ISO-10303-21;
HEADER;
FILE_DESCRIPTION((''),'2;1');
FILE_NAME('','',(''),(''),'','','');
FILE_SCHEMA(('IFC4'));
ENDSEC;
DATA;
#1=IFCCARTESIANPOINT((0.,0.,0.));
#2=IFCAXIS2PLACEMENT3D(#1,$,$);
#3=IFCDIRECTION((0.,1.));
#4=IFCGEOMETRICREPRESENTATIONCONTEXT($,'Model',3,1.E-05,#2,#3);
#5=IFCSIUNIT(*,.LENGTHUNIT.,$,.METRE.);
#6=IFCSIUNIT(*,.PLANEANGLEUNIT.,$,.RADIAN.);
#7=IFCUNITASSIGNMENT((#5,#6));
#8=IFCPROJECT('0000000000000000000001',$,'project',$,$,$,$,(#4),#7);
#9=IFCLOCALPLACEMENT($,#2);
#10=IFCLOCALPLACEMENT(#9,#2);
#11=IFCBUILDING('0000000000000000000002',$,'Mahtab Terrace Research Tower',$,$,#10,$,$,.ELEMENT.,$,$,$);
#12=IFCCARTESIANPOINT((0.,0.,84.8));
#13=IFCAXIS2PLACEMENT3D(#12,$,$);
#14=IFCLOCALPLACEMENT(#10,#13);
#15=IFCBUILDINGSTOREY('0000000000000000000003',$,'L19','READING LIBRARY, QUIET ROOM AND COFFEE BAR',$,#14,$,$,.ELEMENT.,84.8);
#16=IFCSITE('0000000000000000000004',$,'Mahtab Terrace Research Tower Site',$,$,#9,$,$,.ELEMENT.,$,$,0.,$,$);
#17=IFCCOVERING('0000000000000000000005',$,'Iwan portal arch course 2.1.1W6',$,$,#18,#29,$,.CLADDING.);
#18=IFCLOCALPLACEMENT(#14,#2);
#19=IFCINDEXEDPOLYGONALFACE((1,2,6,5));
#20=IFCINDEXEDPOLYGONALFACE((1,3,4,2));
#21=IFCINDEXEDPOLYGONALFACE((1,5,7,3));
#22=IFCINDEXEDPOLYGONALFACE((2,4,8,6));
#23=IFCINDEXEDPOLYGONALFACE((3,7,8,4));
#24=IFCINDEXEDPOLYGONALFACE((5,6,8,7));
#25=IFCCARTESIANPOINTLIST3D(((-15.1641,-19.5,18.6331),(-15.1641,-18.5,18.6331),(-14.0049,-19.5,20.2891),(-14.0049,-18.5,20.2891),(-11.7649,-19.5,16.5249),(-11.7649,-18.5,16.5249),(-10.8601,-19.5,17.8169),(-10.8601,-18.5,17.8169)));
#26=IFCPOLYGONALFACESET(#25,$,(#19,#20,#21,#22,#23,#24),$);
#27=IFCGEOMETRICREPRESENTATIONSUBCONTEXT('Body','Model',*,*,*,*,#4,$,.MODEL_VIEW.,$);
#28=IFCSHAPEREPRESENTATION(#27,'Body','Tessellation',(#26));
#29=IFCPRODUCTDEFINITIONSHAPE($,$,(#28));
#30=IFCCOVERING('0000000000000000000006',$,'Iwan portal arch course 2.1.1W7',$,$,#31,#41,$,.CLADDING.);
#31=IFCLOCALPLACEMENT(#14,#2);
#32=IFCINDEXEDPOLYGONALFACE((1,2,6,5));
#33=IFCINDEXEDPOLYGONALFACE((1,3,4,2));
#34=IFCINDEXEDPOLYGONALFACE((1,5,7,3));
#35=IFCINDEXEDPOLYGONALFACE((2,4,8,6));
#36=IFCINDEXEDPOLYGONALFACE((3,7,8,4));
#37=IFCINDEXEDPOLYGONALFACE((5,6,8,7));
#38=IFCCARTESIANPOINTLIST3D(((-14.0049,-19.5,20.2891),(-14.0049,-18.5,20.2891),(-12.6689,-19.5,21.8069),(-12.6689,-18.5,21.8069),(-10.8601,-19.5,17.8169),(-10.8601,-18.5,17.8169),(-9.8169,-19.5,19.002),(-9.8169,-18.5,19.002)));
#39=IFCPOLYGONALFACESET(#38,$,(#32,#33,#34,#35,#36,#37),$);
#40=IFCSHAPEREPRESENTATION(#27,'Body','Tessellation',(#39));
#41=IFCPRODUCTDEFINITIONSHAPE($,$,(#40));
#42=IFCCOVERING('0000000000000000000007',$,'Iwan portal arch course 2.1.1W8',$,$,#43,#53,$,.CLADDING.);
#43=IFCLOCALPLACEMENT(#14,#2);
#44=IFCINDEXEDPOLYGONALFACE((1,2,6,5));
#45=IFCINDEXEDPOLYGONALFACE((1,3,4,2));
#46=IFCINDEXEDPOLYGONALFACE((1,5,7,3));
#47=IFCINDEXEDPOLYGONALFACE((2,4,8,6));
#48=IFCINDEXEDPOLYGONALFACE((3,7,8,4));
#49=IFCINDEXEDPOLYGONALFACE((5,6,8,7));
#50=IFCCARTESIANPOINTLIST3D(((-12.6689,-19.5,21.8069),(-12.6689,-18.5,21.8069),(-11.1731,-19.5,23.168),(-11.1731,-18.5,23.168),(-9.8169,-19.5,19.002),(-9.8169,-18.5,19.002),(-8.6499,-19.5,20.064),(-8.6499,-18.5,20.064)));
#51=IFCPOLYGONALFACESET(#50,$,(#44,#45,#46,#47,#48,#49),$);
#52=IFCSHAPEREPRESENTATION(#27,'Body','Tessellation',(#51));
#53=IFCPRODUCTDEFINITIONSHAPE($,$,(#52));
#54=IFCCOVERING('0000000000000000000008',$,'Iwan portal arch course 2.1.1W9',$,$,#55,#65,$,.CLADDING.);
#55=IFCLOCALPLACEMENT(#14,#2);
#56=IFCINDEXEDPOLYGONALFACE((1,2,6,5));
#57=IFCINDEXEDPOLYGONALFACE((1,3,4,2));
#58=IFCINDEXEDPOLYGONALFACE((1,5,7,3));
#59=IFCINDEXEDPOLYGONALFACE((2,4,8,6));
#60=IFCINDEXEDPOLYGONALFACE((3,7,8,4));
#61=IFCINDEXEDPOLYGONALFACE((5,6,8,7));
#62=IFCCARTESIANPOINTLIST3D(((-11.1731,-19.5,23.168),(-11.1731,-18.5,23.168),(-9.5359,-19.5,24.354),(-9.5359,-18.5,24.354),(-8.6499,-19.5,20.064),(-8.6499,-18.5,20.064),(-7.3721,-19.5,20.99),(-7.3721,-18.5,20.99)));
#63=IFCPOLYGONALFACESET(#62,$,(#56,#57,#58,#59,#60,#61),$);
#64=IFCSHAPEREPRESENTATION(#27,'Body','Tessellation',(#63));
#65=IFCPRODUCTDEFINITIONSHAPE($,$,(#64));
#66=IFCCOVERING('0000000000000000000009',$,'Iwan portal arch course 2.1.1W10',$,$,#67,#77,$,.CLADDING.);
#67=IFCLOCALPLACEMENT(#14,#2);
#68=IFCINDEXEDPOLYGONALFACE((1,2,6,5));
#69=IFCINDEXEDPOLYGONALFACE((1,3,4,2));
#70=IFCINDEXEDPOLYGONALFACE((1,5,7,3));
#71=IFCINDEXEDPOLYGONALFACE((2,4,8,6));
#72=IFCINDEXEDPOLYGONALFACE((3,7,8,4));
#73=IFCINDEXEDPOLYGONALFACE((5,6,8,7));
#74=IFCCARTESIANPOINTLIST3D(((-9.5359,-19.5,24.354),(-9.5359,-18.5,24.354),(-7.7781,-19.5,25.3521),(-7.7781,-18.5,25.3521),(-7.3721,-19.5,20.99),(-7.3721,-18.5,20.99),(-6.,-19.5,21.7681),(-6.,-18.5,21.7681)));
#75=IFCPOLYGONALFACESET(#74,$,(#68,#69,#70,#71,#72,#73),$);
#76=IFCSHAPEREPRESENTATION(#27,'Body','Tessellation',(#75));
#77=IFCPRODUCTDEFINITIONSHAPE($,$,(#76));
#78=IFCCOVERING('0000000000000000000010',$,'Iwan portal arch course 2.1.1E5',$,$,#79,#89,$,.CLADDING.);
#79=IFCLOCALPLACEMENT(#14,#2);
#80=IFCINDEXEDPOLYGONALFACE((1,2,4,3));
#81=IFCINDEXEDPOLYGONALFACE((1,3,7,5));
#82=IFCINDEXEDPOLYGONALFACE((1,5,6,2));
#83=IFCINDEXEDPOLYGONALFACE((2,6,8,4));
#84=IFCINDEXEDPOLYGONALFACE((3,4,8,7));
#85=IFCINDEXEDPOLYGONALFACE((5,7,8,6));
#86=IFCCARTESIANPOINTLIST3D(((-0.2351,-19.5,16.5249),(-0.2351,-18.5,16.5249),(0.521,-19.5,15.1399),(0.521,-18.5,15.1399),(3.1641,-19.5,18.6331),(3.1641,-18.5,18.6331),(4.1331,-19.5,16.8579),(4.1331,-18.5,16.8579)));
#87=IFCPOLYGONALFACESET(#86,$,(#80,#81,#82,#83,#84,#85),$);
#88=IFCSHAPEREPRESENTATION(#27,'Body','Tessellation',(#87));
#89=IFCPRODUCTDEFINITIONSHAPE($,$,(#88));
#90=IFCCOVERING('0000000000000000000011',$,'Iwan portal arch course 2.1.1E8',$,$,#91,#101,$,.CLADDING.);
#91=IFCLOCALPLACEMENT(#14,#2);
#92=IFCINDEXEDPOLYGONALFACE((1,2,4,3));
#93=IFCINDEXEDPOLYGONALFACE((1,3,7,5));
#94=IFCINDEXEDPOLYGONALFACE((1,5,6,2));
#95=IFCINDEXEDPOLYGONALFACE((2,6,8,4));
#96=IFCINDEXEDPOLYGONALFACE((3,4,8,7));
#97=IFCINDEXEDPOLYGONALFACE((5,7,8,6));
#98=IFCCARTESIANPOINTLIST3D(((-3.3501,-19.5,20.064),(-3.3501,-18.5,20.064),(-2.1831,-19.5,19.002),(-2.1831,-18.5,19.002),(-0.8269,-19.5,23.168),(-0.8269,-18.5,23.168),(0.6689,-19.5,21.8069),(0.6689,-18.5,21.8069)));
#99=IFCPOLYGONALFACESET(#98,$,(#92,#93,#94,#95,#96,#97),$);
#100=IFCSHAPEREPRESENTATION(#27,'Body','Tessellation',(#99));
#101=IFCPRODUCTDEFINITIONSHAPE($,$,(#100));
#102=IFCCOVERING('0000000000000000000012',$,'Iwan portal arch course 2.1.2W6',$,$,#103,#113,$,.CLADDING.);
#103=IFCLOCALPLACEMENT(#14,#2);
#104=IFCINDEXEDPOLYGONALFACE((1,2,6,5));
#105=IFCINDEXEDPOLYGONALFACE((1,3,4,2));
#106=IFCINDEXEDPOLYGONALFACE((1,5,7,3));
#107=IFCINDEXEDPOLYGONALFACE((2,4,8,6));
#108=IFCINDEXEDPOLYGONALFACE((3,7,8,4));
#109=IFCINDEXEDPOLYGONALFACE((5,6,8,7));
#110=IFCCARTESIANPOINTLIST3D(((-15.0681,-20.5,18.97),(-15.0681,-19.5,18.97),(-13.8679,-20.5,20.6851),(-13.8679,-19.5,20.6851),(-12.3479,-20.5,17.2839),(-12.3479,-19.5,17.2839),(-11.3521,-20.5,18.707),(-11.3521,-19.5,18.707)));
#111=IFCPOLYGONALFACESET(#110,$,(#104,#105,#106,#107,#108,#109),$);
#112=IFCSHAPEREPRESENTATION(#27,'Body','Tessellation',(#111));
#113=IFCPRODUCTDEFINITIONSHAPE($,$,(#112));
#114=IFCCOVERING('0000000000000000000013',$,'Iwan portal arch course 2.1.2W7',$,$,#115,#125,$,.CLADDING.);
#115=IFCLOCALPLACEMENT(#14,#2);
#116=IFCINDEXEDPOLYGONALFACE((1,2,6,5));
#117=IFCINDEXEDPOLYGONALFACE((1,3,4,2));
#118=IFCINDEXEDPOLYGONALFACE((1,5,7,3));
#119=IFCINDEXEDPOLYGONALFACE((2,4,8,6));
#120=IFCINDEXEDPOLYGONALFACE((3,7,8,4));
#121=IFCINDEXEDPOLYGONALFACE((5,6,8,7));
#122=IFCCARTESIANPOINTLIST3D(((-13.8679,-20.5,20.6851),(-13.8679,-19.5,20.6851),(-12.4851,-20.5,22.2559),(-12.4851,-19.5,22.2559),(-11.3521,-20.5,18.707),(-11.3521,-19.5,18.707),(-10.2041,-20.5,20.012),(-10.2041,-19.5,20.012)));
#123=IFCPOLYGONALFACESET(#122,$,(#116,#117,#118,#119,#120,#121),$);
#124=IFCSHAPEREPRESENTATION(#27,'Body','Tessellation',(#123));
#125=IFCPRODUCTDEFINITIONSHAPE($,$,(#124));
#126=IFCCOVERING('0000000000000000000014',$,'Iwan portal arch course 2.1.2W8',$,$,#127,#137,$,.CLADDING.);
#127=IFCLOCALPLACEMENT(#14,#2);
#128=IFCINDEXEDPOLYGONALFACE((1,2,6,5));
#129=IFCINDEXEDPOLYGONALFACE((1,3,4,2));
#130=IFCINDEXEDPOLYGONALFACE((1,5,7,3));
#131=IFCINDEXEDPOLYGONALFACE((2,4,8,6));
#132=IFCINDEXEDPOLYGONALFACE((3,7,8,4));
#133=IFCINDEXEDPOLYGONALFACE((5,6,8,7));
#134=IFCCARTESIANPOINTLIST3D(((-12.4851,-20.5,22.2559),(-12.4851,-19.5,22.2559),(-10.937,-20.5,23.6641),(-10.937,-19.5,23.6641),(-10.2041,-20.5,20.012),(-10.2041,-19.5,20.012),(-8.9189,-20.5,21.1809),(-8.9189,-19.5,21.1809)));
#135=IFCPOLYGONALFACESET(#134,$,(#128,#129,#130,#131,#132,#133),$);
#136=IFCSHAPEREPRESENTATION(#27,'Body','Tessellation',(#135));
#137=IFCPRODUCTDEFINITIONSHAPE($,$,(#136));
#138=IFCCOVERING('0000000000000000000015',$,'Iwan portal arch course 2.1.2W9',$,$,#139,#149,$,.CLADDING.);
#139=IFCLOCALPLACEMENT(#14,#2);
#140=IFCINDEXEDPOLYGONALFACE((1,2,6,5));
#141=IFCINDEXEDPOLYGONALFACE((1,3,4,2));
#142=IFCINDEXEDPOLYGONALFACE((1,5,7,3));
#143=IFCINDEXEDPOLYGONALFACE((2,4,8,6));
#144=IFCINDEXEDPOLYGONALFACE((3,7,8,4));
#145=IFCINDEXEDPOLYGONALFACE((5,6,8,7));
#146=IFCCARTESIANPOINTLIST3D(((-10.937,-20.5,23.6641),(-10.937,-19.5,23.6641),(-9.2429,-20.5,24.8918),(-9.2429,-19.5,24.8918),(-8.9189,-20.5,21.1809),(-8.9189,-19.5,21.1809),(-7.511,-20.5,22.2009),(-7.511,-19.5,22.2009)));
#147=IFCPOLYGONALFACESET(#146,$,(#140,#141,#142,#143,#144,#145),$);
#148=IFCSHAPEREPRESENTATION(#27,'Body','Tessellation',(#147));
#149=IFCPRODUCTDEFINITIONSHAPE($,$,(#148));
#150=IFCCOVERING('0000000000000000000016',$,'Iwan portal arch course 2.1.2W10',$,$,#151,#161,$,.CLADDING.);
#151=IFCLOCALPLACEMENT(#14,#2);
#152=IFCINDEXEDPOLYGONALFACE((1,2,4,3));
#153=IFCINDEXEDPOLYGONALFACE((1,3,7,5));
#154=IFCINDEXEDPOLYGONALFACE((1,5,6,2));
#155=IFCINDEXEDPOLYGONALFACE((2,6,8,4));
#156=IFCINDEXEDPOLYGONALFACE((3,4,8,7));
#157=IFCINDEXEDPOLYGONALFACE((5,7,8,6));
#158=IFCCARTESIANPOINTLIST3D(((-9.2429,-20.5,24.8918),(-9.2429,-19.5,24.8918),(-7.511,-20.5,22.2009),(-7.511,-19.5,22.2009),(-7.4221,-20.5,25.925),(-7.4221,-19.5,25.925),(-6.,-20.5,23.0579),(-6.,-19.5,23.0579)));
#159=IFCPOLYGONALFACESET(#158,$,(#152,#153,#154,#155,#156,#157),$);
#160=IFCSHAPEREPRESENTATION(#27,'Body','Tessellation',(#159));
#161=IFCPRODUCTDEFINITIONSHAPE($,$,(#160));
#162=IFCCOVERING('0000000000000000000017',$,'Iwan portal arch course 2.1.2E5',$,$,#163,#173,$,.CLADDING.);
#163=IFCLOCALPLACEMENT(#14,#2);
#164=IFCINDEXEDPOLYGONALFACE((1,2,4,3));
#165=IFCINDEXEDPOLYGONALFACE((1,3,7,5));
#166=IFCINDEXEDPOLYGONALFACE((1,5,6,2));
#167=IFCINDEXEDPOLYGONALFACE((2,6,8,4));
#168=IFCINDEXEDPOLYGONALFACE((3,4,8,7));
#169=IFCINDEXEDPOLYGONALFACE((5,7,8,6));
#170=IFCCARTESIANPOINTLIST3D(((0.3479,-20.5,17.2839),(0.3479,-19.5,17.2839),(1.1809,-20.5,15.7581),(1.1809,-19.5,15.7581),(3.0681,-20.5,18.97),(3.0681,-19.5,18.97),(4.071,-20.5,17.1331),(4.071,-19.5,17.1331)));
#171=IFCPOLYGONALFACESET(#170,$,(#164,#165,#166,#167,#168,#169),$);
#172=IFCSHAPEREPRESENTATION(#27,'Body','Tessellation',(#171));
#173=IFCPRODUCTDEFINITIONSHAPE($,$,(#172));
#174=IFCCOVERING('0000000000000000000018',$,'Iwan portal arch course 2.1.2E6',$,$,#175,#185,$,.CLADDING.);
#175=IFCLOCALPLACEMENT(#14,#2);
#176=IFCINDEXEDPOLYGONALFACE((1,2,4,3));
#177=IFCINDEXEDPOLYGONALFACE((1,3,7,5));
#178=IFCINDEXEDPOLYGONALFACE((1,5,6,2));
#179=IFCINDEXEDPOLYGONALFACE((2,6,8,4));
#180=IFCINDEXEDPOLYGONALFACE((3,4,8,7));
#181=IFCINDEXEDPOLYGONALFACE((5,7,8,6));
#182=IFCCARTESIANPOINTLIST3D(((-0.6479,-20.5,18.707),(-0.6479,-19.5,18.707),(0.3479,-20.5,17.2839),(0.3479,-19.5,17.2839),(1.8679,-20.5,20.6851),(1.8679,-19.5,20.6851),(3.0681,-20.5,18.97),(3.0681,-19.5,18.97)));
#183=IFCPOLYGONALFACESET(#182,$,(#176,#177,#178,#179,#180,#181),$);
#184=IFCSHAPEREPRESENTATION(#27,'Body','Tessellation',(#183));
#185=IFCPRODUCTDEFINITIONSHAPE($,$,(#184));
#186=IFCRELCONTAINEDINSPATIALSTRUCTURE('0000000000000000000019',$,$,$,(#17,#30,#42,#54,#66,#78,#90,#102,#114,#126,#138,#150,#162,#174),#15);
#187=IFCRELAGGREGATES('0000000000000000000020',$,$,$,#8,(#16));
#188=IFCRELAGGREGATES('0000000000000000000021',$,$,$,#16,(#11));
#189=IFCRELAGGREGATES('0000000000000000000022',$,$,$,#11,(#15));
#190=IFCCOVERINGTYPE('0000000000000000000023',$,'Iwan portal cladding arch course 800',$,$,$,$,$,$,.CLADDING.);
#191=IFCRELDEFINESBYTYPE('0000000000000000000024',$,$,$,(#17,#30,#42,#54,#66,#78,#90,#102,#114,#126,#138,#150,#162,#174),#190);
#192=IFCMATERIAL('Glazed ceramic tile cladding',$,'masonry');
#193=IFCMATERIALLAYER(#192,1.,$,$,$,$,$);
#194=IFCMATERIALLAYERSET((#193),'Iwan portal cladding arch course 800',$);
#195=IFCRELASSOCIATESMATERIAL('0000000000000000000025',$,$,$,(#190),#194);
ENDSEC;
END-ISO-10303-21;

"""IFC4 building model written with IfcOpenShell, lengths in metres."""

from ifc_helpers import new_model, si_unit, direction, frame, origin, place, context, subcontext, project, spatial, polyline, outline, extrude, material, layer, layer_set, type_object, element, save


model = new_model("IFC4")

# Units and contexts
model_context = context("Model", 3, precision=1e-05, world=origin(), true_north=direction((0.0, 1.0)))
body_context = subcontext(model_context, "Body", "Model", "MODEL_VIEW")
ifc_project = project(units=[si_unit("LENGTHUNIT", "METRE"), si_unit("PLANEANGLEUNIT", "RADIAN")], contexts=[model_context])

# Site, building, storey
site_placement = place(None, origin())
site = spatial("IfcSite", under=ifc_project, at=site_placement, Name="Mahtab Terrace Research Tower Site", CompositionType="ELEMENT", RefElevation=0.0)
building_placement = place(site_placement, origin())
building = spatial("IfcBuilding", under=site, at=building_placement, Name="Mahtab Terrace Research Tower", CompositionType="ELEMENT")
storey_placement = place(building_placement, frame((0.0, 0.0, 84.8)))
storey = spatial("IfcBuildingStorey", under=building, at=storey_placement, Name="L19", Description="READING LIBRARY, QUIET ROOM AND COFFEE BAR", CompositionType="ELEMENT", Elevation=84.8)

# Coverings
ifc_material = material(Name="Glazed ceramic tile cladding", Category="masonry")
ifc_layer = layer(ifc_material, 1.0)
ifc_layer_set = layer_set([ifc_layer], Name="Iwan portal cladding arch course 800")
covering_type = type_object("IfcCoveringType", Name="Iwan portal cladding arch course 800", PredefinedType="CLADDING", material=ifc_layer_set)
covering_1_placement = place(storey_placement, frame((-15.1641, -18.5, 18.6331), z_axis=(0.0, 1.0, 0.0), x_axis=(0.573454, 0.0, 0.819238)))
element("IfcCovering", 1, at=covering_1_placement, inside=storey, type_object=covering_type, Name="Iwan portal arch course 2.1.1W6", PredefinedType="CLADDING", context=body_context, shape_type="SweptSolid", body=[
    extrude(outline(polyline([(0.0, 0.0), (2.0214, 0.0), (1.7995, 3.994), (0.2222, 3.9937), (0.0, 0.0)])), origin(), (0.0, 0.0, -1.0), 1.0),
])
covering_2_placement = place(storey_placement, frame((-14.0049, -18.5, 20.2891), z_axis=(0.0, 1.0, 0.0), x_axis=(0.660699, 0.0, 0.750651)))
element("IfcCovering", 2, at=covering_2_placement, inside=storey, type_object=covering_type, Name="Iwan portal arch course 2.1.1W7", PredefinedType="CLADDING", context=body_context, shape_type="SweptSolid", body=[
    extrude(outline(polyline([(0.0, 0.0), (2.022, 0.0), (1.8008, 3.9941), (0.222, 3.994), (0.0, 0.0)])), origin(), (0.0, 0.0, -1.0), 1.0),
])
covering_3_placement = place(storey_placement, frame((-12.6689, -18.5, 21.8069), z_axis=(0.0, 1.0, 0.0), x_axis=(0.73964, 0.0, 0.673003)))
element("IfcCovering", 3, at=covering_3_placement, inside=storey, type_object=covering_type, Name="Iwan portal arch course 2.1.1W8", PredefinedType="CLADDING", context=body_context, shape_type="SweptSolid", body=[
    extrude(outline(polyline([(0.0, 0.0), (2.0224, 0.0), (1.7997, 3.994), (0.2218, 3.9941), (0.0, 0.0)])), origin(), (0.0, 0.0, -1.0), 1.0),
])
covering_4_placement = place(storey_placement, frame((-11.1731, -18.5, 23.168), z_axis=(0.0, 1.0, 0.0), x_axis=(0.809831, 0.0, 0.586663)))
element("IfcCovering", 4, at=covering_4_placement, inside=storey, type_object=covering_type, Name="Iwan portal arch course 2.1.1W9", PredefinedType="CLADDING", context=body_context, shape_type="SweptSolid", body=[
    extrude(outline(polyline([(0.0, 0.0), (2.0217, 0.0), (1.8005, 3.9937), (0.2224, 3.994), (0.0, 0.0)])), origin(), (0.0, 0.0, -1.0), 1.0),
])
covering_5_placement = place(storey_placement, frame((-9.5359, -18.5, 24.354), z_axis=(0.0, 1.0, 0.0), x_axis=(0.869607, 0.0, 0.493744)))
element("IfcCovering", 5, at=covering_5_placement, inside=storey, type_object=covering_type, Name="Iwan portal arch course 2.1.1W10", PredefinedType="CLADDING", context=body_context, shape_type="SweptSolid", body=[
    extrude(outline(polyline([(0.0, 0.0), (2.0214, 0.0), (1.798, 3.9946), (0.2207, 3.9937), (0.0, 0.0)])), origin(), (0.0, 0.0, -1.0), 1.0),
])
covering_6_placement = place(storey_placement, frame((0.521, -18.5, 15.1399), z_axis=(0.0, 1.0, 0.0), x_axis=(-0.479166, 0.0, 0.877724)))
element("IfcCovering", 6, at=covering_6_placement, inside=storey, type_object=covering_type, Name="Iwan portal arch course 2.1.1E5", PredefinedType="CLADDING", context=body_context, shape_type="SweptSolid", body=[
    extrude(outline(polyline([(0.0, 0.0), (1.578, 0.0), (1.7996, 3.9937), (-0.2228, 3.9936), (0.0, 0.0)])), origin(), (0.0, 0.0, -1.0), 1.0),
])
covering_7_placement = place(storey_placement, frame((-2.1831, -18.5, 19.002), z_axis=(0.0, 1.0, 0.0), x_axis=(-0.73959, 0.0, 0.673058)))
element("IfcCovering", 7, at=covering_7_placement, inside=storey, type_object=covering_type, Name="Iwan portal arch course 2.1.1E8", PredefinedType="CLADDING", context=body_context, shape_type="SweptSolid", body=[
    extrude(outline(polyline([(0.0, 0.0), (1.5779, 0.0), (1.8009, 3.9939), (-0.2215, 3.9941), (0.0, 0.0)])), origin(), (0.0, 0.0, -1.0), 1.0),
])
covering_8_placement = place(storey_placement, frame((-15.0681, -19.5, 18.97), z_axis=(0.0, 1.0, 0.0), x_axis=(0.573345, 0.0, 0.819314)))
element("IfcCovering", 8, at=covering_8_placement, inside=storey, type_object=covering_type, Name="Iwan portal arch course 2.1.2W6", PredefinedType="CLADDING", context=body_context, shape_type="SweptSolid", body=[
    extrude(outline(polyline([(0.0, 0.0), (2.0933, 0.0), (1.9152, 3.1954), (0.1782, 3.1954), (0.0, 0.0)])), origin(), (0.0, 0.0, -1.0), 1.0),
])
covering_9_placement = place(storey_placement, frame((-13.8679, -19.5, 20.6851), z_axis=(0.0, 1.0, 0.0), x_axis=(0.660765, 0.0, 0.750593)))
element("IfcCovering", 9, at=covering_9_placement, inside=storey, type_object=covering_type, Name="Iwan portal arch course 2.1.2W7", PredefinedType="CLADDING", context=body_context, shape_type="SweptSolid", body=[
    extrude(outline(polyline([(0.0, 0.0), (2.0927, 0.0), (1.9157, 3.1948), (0.1777, 3.1954), (0.0, 0.0)])), origin(), (0.0, 0.0, -1.0), 1.0),
])
covering_10_placement = place(storey_placement, frame((-12.4851, -19.5, 22.2559), z_axis=(0.0, 1.0, 0.0), x_axis=(0.739739, 0.0, 0.672893)))
element("IfcCovering", 10, at=covering_10_placement, inside=storey, type_object=covering_type, Name="Iwan portal arch course 2.1.2W8", PredefinedType="CLADDING", context=body_context, shape_type="SweptSolid", body=[
    extrude(outline(polyline([(0.0, 0.0), (2.0928, 0.0), (1.9147, 3.1948), (0.1774, 3.1948), (0.0, 0.0)])), origin(), (0.0, 0.0, -1.0), 1.0),
])
covering_11_placement = place(storey_placement, frame((-10.937, -19.5, 23.6641), z_axis=(0.0, 1.0, 0.0), x_axis=(0.809709, 0.0, 0.586832)))
element("IfcCovering", 11, at=covering_11_placement, inside=storey, type_object=covering_type, Name="Iwan portal arch course 2.1.2W9", PredefinedType="CLADDING", context=body_context, shape_type="SweptSolid", body=[
    extrude(outline(polyline([(0.0, 0.0), (2.0922, 0.0), (1.9155, 3.1952), (0.1769, 3.1949), (0.0, 0.0)])), origin(), (0.0, 0.0, -1.0), 1.0),
])
covering_12_placement = place(storey_placement, frame((-9.2429, -19.5, 24.8918), z_axis=(0.0, 1.0, 0.0), x_axis=(0.869732, 0.0, 0.493524)))
element("IfcCovering", 12, at=covering_12_placement, inside=storey, type_object=covering_type, Name="Iwan portal arch course 2.1.2W10", PredefinedType="CLADDING", context=body_context, shape_type="SweptSolid", body=[
    extrude(outline(polyline([(0.0, 0.0), (2.0935, 0.0), (1.9154, 3.1955), (0.1783, 3.1951), (0.0, 0.0)])), origin(), (0.0, 0.0, -1.0), 1.0),
])
covering_13_placement = place(storey_placement, frame((1.1809, -19.5, 15.7581), z_axis=(0.0, 1.0, 0.0), x_axis=(-0.479167, 0.0, 0.877724)))
element("IfcCovering", 13, at=covering_13_placement, inside=storey, type_object=covering_type, Name="Iwan portal arch course 2.1.2E5", PredefinedType="CLADDING", context=body_context, shape_type="SweptSolid", body=[
    extrude(outline(polyline([(0.0, 0.0), (1.7385, 0.0), (1.9149, 3.1955), (-0.178, 3.1956), (0.0, 0.0)])), origin(), (0.0, 0.0, -1.0), 1.0),
])
covering_14_placement = place(storey_placement, frame((0.3479, -19.5, 17.2839), z_axis=(0.0, 1.0, 0.0), x_axis=(-0.57334, 0.0, 0.819318)))
element("IfcCovering", 14, at=covering_14_placement, inside=storey, type_object=covering_type, Name="Iwan portal arch course 2.1.2E6", PredefinedType="CLADDING", context=body_context, shape_type="SweptSolid", body=[
    extrude(outline(polyline([(0.0, 0.0), (1.7369, 0.0), (1.9151, 3.1954), (-0.1782, 3.1954), (0.0, 0.0)])), origin(), (0.0, 0.0, -1.0), 1.0),
])

save(model, "model.ifc")
